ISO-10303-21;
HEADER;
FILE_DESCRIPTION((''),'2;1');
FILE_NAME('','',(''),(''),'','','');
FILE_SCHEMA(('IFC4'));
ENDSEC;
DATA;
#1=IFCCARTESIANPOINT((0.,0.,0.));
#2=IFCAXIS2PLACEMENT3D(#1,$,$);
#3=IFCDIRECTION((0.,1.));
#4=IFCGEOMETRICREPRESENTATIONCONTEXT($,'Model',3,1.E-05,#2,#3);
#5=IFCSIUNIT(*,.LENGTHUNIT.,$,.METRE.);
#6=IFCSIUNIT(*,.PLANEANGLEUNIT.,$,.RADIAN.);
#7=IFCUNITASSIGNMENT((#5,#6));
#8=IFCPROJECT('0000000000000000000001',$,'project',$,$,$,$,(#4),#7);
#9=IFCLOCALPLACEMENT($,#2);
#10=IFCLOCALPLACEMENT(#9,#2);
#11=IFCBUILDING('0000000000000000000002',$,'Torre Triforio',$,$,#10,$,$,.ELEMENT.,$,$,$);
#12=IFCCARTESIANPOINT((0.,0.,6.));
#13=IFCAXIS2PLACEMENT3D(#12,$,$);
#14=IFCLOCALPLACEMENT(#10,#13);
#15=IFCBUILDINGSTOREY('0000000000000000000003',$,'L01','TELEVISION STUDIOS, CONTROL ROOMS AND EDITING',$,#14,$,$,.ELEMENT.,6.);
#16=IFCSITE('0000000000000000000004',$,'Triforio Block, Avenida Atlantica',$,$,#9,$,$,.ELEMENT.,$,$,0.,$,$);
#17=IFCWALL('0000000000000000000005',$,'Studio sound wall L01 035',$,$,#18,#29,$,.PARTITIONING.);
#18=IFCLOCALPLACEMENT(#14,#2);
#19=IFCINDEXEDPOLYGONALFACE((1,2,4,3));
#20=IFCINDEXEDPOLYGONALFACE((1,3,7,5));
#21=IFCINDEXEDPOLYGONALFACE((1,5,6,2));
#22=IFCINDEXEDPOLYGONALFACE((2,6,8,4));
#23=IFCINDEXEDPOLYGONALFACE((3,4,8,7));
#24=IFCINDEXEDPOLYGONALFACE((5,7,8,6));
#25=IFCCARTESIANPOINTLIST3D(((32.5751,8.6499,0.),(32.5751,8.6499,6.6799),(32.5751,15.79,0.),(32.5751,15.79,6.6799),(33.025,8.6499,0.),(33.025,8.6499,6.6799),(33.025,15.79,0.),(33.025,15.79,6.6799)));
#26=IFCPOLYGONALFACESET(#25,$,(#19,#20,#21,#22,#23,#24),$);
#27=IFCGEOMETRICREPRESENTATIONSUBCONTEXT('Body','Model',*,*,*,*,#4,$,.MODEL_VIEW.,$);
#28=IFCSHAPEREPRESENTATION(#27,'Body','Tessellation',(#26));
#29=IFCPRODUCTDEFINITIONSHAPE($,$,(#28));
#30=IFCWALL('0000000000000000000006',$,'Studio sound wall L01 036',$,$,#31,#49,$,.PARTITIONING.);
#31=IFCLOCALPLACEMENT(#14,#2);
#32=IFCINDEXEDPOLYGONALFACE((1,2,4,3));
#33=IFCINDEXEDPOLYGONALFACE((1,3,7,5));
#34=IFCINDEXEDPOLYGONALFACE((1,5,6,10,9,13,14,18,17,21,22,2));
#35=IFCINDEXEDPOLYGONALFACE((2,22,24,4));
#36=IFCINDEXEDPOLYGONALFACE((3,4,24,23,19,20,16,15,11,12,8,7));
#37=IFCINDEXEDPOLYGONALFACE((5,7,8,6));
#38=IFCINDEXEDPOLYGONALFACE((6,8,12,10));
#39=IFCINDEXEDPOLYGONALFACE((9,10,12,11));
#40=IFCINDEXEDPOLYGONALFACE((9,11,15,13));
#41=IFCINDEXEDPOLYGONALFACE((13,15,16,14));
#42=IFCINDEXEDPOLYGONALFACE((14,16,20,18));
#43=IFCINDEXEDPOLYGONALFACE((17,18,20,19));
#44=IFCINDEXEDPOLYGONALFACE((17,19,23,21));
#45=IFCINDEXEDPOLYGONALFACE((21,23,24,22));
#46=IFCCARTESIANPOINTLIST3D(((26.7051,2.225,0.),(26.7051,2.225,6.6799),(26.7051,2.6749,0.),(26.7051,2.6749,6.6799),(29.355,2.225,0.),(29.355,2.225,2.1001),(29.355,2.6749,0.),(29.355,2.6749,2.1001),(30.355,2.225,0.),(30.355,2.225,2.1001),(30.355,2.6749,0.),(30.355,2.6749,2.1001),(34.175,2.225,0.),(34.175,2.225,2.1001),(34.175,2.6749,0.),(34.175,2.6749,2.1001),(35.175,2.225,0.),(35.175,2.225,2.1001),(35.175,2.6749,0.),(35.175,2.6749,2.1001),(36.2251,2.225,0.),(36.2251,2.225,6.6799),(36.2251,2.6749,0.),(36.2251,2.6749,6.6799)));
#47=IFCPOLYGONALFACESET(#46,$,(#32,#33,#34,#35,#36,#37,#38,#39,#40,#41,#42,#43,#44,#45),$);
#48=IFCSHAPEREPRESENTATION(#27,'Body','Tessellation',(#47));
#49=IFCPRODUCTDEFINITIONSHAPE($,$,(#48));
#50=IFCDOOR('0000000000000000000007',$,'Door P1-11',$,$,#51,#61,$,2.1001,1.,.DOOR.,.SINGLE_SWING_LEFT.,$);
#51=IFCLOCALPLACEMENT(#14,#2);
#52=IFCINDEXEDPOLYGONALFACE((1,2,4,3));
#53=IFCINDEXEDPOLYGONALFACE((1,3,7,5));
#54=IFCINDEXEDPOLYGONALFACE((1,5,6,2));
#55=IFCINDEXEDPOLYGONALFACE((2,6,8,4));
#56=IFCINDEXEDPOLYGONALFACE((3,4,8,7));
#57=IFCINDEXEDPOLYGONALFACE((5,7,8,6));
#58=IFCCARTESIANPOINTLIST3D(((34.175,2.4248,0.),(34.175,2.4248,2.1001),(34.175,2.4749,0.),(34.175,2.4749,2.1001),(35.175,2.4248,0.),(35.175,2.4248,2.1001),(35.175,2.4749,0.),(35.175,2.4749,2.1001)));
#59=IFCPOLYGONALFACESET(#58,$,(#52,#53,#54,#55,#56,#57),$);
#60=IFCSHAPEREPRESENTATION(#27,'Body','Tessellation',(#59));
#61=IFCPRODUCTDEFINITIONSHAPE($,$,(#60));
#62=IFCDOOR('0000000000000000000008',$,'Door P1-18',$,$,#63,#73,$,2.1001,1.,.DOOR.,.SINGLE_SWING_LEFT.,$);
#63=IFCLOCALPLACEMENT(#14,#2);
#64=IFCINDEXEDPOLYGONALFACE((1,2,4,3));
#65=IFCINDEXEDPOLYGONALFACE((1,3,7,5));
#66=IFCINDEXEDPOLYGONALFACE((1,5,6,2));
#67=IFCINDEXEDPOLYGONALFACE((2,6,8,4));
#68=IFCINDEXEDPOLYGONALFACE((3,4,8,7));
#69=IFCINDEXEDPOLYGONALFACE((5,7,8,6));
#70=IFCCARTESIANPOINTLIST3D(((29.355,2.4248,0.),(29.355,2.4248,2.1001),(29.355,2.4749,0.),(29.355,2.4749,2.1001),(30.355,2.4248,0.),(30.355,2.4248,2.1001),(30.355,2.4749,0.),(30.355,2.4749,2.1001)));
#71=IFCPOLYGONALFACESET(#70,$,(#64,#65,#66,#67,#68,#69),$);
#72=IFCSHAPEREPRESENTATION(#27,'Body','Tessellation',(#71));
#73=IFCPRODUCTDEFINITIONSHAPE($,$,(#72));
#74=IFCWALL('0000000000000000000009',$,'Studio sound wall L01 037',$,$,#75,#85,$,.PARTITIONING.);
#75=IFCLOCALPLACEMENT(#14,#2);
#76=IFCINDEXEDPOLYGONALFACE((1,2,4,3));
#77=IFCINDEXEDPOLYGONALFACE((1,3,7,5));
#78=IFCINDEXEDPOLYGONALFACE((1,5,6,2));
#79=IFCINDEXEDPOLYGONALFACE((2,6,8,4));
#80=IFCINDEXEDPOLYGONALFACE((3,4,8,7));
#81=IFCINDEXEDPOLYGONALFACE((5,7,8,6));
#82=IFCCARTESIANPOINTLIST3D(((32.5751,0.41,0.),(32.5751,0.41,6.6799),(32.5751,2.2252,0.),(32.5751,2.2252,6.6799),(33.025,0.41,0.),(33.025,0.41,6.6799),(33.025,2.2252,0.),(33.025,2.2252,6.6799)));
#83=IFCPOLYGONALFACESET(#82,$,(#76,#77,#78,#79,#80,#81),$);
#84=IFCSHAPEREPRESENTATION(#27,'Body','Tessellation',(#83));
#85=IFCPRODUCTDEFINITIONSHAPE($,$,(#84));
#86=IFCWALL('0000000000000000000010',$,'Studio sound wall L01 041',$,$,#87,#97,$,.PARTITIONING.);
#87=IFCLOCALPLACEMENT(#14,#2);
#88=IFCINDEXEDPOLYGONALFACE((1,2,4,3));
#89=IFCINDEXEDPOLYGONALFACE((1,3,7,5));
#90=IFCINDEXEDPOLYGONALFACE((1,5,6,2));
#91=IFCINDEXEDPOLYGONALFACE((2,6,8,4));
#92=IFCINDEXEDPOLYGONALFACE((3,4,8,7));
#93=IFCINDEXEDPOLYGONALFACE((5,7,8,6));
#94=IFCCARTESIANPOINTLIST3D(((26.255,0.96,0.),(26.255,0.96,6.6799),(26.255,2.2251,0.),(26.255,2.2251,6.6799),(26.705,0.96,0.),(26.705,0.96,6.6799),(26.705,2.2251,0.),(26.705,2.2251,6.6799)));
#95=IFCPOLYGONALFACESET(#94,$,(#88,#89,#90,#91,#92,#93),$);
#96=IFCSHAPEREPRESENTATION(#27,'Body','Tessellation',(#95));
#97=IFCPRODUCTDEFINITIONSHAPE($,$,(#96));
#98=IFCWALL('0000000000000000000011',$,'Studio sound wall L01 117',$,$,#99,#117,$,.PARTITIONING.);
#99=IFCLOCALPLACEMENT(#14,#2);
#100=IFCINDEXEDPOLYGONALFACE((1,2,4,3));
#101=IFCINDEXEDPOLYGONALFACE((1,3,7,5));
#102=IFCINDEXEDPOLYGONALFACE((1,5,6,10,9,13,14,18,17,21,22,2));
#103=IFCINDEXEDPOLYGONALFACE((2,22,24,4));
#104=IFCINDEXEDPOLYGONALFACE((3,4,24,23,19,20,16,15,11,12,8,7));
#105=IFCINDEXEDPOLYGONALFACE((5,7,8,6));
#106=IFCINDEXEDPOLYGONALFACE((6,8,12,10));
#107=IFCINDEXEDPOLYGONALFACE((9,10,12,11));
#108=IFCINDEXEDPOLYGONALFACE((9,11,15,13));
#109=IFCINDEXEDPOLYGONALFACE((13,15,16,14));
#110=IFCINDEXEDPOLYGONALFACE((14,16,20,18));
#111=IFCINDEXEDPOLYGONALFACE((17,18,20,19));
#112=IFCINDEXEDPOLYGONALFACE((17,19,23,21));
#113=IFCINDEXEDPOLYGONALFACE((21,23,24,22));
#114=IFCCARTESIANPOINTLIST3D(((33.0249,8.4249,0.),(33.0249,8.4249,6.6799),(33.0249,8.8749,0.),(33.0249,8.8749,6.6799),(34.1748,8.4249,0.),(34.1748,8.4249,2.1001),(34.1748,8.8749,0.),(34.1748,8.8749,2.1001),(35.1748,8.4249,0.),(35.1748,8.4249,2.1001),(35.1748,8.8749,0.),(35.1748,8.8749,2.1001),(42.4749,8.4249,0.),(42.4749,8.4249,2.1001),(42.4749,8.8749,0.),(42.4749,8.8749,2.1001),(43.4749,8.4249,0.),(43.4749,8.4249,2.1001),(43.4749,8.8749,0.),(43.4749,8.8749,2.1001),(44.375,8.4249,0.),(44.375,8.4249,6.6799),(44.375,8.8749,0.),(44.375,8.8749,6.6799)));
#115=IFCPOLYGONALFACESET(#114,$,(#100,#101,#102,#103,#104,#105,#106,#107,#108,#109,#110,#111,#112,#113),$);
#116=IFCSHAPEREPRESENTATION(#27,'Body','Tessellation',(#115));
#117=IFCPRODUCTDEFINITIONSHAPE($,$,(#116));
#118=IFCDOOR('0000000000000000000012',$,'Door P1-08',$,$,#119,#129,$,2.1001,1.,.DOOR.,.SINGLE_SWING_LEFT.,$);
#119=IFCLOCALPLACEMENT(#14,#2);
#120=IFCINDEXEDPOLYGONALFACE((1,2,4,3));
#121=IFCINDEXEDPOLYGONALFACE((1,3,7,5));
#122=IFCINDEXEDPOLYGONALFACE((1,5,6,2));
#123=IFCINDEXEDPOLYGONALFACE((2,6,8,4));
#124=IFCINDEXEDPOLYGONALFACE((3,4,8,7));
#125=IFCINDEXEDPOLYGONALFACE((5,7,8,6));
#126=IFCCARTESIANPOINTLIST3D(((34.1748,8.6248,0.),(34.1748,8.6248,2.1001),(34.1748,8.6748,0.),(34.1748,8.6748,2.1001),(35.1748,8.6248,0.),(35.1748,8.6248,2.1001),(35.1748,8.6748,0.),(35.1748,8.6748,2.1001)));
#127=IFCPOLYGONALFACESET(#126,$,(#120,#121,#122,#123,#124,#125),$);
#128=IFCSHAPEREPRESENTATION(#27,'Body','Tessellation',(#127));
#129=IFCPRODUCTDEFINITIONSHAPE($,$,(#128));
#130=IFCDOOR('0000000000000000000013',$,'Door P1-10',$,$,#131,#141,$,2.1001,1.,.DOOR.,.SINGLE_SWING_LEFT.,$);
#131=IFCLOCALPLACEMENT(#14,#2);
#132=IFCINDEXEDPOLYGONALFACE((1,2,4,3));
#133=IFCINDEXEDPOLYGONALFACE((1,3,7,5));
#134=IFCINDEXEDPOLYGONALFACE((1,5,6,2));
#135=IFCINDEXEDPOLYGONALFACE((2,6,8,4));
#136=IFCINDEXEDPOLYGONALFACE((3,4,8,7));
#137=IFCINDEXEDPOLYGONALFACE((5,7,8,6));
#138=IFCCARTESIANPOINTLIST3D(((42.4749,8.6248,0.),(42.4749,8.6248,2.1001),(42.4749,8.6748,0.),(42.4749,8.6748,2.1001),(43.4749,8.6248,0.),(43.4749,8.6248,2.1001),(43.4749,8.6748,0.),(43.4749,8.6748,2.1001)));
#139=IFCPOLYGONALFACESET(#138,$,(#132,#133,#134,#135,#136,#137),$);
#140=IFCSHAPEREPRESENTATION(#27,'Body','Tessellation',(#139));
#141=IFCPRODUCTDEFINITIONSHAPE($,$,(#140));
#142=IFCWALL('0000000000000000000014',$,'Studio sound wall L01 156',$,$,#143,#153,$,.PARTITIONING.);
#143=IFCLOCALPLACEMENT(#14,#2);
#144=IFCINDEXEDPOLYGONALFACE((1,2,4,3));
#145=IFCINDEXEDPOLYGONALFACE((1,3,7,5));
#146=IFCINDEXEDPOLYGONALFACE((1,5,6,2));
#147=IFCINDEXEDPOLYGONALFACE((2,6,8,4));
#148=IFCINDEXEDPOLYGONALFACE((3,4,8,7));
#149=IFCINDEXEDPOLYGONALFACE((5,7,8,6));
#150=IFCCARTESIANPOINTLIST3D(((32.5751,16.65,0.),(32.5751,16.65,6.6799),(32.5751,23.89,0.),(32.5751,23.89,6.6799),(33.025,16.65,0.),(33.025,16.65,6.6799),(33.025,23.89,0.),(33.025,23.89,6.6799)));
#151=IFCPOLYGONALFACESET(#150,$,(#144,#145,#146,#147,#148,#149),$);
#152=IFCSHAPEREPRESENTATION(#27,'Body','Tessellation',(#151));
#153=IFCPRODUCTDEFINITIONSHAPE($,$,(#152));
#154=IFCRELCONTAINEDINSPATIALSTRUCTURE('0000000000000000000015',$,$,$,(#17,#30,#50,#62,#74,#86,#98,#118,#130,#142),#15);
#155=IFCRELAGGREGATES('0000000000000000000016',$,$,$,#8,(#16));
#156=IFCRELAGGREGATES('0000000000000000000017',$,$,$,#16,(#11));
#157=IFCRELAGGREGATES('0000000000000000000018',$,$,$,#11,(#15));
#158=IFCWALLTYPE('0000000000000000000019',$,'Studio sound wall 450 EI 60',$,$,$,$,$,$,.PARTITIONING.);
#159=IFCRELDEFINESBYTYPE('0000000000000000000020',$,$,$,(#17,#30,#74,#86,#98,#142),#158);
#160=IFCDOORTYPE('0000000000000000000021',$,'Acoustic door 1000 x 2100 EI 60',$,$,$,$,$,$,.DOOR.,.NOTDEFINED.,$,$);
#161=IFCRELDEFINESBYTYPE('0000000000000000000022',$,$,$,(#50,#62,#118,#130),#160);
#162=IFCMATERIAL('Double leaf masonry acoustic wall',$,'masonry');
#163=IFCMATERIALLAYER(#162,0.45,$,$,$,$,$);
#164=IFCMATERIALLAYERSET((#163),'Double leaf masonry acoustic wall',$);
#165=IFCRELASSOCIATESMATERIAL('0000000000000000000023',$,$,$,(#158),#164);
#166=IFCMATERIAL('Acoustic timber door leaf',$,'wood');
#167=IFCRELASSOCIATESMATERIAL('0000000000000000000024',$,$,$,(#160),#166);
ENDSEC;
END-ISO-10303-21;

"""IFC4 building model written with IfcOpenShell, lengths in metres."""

from ifc_helpers import new_model, si_unit, direction, frame, frame_2d, origin, place, context, subcontext, project, spatial, rectangle, extrude, material, layer, layer_set, type_object, element, fill, save


model = new_model("IFC4")

# Units and contexts
model_context = context("Model", 3, precision=1e-05, world=origin(), true_north=direction((0.0, 1.0)))
body_context = subcontext(model_context, "Body", "Model", "MODEL_VIEW")
ifc_project = project(units=[si_unit("LENGTHUNIT", "METRE"), si_unit("PLANEANGLEUNIT", "RADIAN")], contexts=[model_context])

# Site, building, storey
site_placement = place(None, origin())
site = spatial("IfcSite", under=ifc_project, at=site_placement, Name="Triforio Block, Avenida Atlantica", CompositionType="ELEMENT", RefElevation=0.0)
building_placement = place(site_placement, origin())
building = spatial("IfcBuilding", under=site, at=building_placement, Name="Torre Triforio", CompositionType="ELEMENT")
storey_placement = place(building_placement, frame((0.0, 0.0, 6.0)))
storey = spatial("IfcBuildingStorey", under=building, at=storey_placement, Name="L01", Description="TELEVISION STUDIOS, CONTROL ROOMS AND EDITING", CompositionType="ELEMENT", Elevation=6.0)

# Shared definitions
ifc_material_1 = material(Name="Double leaf masonry acoustic wall", Category="masonry")
ifc_layer_1 = layer(ifc_material_1, 0.45)
ifc_layer_set_1 = layer_set([ifc_layer_1], Name="Double leaf masonry acoustic wall")
wall_type_1 = type_object("IfcWallType", Name="Studio sound wall 450 EI 60", PredefinedType="PARTITIONING", material=ifc_layer_set_1)

# Shared definitions
ifc_material_2 = material(Name="Acoustic timber door leaf", Category="wood")
door_type_1 = type_object("IfcDoorType", Name="Acoustic door 1000 x 2100 EI 60", OperationType="NOTDEFINED", PredefinedType="DOOR", material=ifc_material_2)

# Wall
wall_1_placement = place(storey_placement, frame((32.8, 8.6499, 0.0), z_axis=(0.0, 0.0, 1.0), x_axis=(0.0, 1.0, 0.0)))
element("IfcWall", 1, at=wall_1_placement, inside=storey, type_object=wall_type_1, Name="Studio sound wall L01 035", PredefinedType="PARTITIONING", context=body_context, shape_type="SweptSolid", body=[
    extrude(rectangle(XDim=7.1401, YDim=0.45, at=frame_2d((3.5701, 0.0))), origin(), (0.0, 0.0, 1.0), 6.6799),
])

# Wall, openings, doors
wall_2_placement = place(storey_placement, frame((26.7051, 2.45, 0.0), z_axis=(0.0, 0.0, 1.0), x_axis=(1.0, 0.0, 0.0)))
wall_2 = element("IfcWall", 2, at=wall_2_placement, inside=storey, type_object=wall_type_1, Name="Studio sound wall L01 036", PredefinedType="PARTITIONING", context=body_context, shape_type="SweptSolid", body=[
    extrude(rectangle(XDim=9.52, YDim=0.45, at=frame_2d((4.76, 0.0))), origin(), (0.0, 0.0, 1.0), 6.6799),
])
opening_1_placement = place(wall_2_placement, frame((7.47, 0.0, 0.0)))
opening_1 = element("IfcOpeningElement", 3, at=opening_1_placement, cuts=wall_2, PredefinedType="OPENING", context=body_context, shape_type="SweptSolid", body=[
    extrude(rectangle(XDim=1.0, YDim=2.1001, at=frame_2d((0.5, 1.05))), frame((0.0, 0.2349, 0.0), z_axis=(0.0, -1.0, 0.0), x_axis=(1.0, 0.0, 0.0)), (0.0, 0.0, 1.0), 0.47),
])
opening_2_placement = place(wall_2_placement, frame((2.6499, 0.0, 0.0)))
opening_2 = element("IfcOpeningElement", 4, at=opening_2_placement, cuts=wall_2, PredefinedType="OPENING", context=body_context, shape_type="SweptSolid", body=[
    extrude(rectangle(XDim=1.0, YDim=2.1001, at=frame_2d((0.5, 1.05))), frame((0.0, 0.2349, 0.0), z_axis=(0.0, -1.0, 0.0), x_axis=(1.0, 0.0, 0.0)), (0.0, 0.0, 1.0), 0.47),
])
door_1_placement = place(opening_1_placement, origin())
door_1 = element("IfcDoor", 5, at=door_1_placement, inside=storey, type_object=door_type_1, Name="Door P1-11", OperationType="SINGLE_SWING_LEFT", OverallHeight=2.1001, OverallWidth=1.0, PredefinedType="DOOR", context=body_context, shape_type="SweptSolid", body=[
    extrude(rectangle(XDim=1.0, YDim=2.1001, at=frame_2d((0.5, 1.05))), frame((0.0, 0.0249, 0.0), z_axis=(0.0, -1.0, 0.0), x_axis=(1.0, 0.0, 0.0)), (0.0, 0.0, 1.0), 0.05),
])
fill(opening_1, door_1)
door_2_placement = place(opening_2_placement, origin())
door_2 = element("IfcDoor", 6, at=door_2_placement, inside=storey, type_object=door_type_1, Name="Door P1-18", OperationType="SINGLE_SWING_LEFT", OverallHeight=2.1001, OverallWidth=1.0, PredefinedType="DOOR", context=body_context, shape_type="SweptSolid", body=[
    extrude(rectangle(XDim=1.0, YDim=2.1001, at=frame_2d((0.5, 1.05))), frame((0.0, 0.0249, 0.0), z_axis=(0.0, -1.0, 0.0), x_axis=(1.0, 0.0, 0.0)), (0.0, 0.0, 1.0), 0.05),
])
fill(opening_2, door_2)

# Walls
wall_3_placement = place(storey_placement, frame((32.8, 0.4099, 0.0), z_axis=(0.0, 0.0, 1.0), x_axis=(0.0, 1.0, 0.0)))
element("IfcWall", 7, at=wall_3_placement, inside=storey, type_object=wall_type_1, Name="Studio sound wall L01 037", PredefinedType="PARTITIONING", context=body_context, shape_type="SweptSolid", body=[
    extrude(rectangle(XDim=1.8152, YDim=0.45, at=frame_2d((0.9077, 0.0))), origin(), (0.0, 0.0, 1.0), 6.6799),
])
wall_4_placement = place(storey_placement, frame((26.48, 0.96, 0.0), z_axis=(0.0, 0.0, 1.0), x_axis=(0.0, 1.0, 0.0)))
element("IfcWall", 8, at=wall_4_placement, inside=storey, type_object=wall_type_1, Name="Studio sound wall L01 041", PredefinedType="PARTITIONING", context=body_context, shape_type="SweptSolid", body=[
    extrude(rectangle(XDim=1.2651, YDim=0.45, at=frame_2d((0.6326, 0.0))), origin(), (0.0, 0.0, 1.0), 6.6799),
])

# Wall, openings, doors
wall_5_placement = place(storey_placement, frame((33.0249, 8.6499, 0.0), z_axis=(0.0, 0.0, 1.0), x_axis=(1.0, 0.0, 0.0)))
wall_5 = element("IfcWall", 9, at=wall_5_placement, inside=storey, type_object=wall_type_1, Name="Studio sound wall L01 117", PredefinedType="PARTITIONING", context=body_context, shape_type="SweptSolid", body=[
    extrude(rectangle(XDim=11.3501, YDim=0.45, at=frame_2d((5.675, 0.0))), origin(), (0.0, 0.0, 1.0), 6.6799),
])
opening_3_placement = place(wall_5_placement, frame((1.1499, 0.0, 0.0)))
opening_3 = element("IfcOpeningElement", 10, at=opening_3_placement, cuts=wall_5, PredefinedType="OPENING", context=body_context, shape_type="SweptSolid", body=[
    extrude(rectangle(XDim=1.0, YDim=2.1001, at=frame_2d((0.5, 1.05))), frame((0.0, 0.2349, 0.0), z_axis=(0.0, -1.0, 0.0), x_axis=(1.0, 0.0, 0.0)), (0.0, 0.0, 1.0), 0.47),
])
opening_4_placement = place(wall_5_placement, frame((9.45, 0.0, 0.0)))
opening_4 = element("IfcOpeningElement", 11, at=opening_4_placement, cuts=wall_5, PredefinedType="OPENING", context=body_context, shape_type="SweptSolid", body=[
    extrude(rectangle(XDim=1.0, YDim=2.1001, at=frame_2d((0.5, 1.05))), frame((0.0, 0.2349, 0.0), z_axis=(0.0, -1.0, 0.0), x_axis=(1.0, 0.0, 0.0)), (0.0, 0.0, 1.0), 0.47),
])
door_3_placement = place(opening_3_placement, origin())
door_3 = element("IfcDoor", 12, at=door_3_placement, inside=storey, type_object=door_type_1, Name="Door P1-08", OperationType="SINGLE_SWING_LEFT", OverallHeight=2.1001, OverallWidth=1.0, PredefinedType="DOOR", context=body_context, shape_type="SweptSolid", body=[
    extrude(rectangle(XDim=1.0, YDim=2.1001, at=frame_2d((0.5, 1.05))), frame((0.0, 0.0249, 0.0), z_axis=(0.0, -1.0, 0.0), x_axis=(1.0, 0.0, 0.0)), (0.0, 0.0, 1.0), 0.05),
])
fill(opening_3, door_3)
door_4_placement = place(opening_4_placement, origin())
door_4 = element("IfcDoor", 13, at=door_4_placement, inside=storey, type_object=door_type_1, Name="Door P1-10", OperationType="SINGLE_SWING_LEFT", OverallHeight=2.1001, OverallWidth=1.0, PredefinedType="DOOR", context=body_context, shape_type="SweptSolid", body=[
    extrude(rectangle(XDim=1.0, YDim=2.1001, at=frame_2d((0.5, 1.05))), frame((0.0, 0.0249, 0.0), z_axis=(0.0, -1.0, 0.0), x_axis=(1.0, 0.0, 0.0)), (0.0, 0.0, 1.0), 0.05),
])
fill(opening_4, door_4)

# Wall
wall_6_placement = place(storey_placement, frame((32.8, 16.6499, 0.0), z_axis=(0.0, 0.0, 1.0), x_axis=(0.0, 1.0, 0.0)))
element("IfcWall", 14, at=wall_6_placement, inside=storey, type_object=wall_type_1, Name="Studio sound wall L01 156", PredefinedType="PARTITIONING", context=body_context, shape_type="SweptSolid", body=[
    extrude(rectangle(XDim=7.24, YDim=0.45, at=frame_2d((3.6201, 0.0))), origin(), (0.0, 0.0, 1.0), 6.6799),
])

save(model, "model.ifc")
